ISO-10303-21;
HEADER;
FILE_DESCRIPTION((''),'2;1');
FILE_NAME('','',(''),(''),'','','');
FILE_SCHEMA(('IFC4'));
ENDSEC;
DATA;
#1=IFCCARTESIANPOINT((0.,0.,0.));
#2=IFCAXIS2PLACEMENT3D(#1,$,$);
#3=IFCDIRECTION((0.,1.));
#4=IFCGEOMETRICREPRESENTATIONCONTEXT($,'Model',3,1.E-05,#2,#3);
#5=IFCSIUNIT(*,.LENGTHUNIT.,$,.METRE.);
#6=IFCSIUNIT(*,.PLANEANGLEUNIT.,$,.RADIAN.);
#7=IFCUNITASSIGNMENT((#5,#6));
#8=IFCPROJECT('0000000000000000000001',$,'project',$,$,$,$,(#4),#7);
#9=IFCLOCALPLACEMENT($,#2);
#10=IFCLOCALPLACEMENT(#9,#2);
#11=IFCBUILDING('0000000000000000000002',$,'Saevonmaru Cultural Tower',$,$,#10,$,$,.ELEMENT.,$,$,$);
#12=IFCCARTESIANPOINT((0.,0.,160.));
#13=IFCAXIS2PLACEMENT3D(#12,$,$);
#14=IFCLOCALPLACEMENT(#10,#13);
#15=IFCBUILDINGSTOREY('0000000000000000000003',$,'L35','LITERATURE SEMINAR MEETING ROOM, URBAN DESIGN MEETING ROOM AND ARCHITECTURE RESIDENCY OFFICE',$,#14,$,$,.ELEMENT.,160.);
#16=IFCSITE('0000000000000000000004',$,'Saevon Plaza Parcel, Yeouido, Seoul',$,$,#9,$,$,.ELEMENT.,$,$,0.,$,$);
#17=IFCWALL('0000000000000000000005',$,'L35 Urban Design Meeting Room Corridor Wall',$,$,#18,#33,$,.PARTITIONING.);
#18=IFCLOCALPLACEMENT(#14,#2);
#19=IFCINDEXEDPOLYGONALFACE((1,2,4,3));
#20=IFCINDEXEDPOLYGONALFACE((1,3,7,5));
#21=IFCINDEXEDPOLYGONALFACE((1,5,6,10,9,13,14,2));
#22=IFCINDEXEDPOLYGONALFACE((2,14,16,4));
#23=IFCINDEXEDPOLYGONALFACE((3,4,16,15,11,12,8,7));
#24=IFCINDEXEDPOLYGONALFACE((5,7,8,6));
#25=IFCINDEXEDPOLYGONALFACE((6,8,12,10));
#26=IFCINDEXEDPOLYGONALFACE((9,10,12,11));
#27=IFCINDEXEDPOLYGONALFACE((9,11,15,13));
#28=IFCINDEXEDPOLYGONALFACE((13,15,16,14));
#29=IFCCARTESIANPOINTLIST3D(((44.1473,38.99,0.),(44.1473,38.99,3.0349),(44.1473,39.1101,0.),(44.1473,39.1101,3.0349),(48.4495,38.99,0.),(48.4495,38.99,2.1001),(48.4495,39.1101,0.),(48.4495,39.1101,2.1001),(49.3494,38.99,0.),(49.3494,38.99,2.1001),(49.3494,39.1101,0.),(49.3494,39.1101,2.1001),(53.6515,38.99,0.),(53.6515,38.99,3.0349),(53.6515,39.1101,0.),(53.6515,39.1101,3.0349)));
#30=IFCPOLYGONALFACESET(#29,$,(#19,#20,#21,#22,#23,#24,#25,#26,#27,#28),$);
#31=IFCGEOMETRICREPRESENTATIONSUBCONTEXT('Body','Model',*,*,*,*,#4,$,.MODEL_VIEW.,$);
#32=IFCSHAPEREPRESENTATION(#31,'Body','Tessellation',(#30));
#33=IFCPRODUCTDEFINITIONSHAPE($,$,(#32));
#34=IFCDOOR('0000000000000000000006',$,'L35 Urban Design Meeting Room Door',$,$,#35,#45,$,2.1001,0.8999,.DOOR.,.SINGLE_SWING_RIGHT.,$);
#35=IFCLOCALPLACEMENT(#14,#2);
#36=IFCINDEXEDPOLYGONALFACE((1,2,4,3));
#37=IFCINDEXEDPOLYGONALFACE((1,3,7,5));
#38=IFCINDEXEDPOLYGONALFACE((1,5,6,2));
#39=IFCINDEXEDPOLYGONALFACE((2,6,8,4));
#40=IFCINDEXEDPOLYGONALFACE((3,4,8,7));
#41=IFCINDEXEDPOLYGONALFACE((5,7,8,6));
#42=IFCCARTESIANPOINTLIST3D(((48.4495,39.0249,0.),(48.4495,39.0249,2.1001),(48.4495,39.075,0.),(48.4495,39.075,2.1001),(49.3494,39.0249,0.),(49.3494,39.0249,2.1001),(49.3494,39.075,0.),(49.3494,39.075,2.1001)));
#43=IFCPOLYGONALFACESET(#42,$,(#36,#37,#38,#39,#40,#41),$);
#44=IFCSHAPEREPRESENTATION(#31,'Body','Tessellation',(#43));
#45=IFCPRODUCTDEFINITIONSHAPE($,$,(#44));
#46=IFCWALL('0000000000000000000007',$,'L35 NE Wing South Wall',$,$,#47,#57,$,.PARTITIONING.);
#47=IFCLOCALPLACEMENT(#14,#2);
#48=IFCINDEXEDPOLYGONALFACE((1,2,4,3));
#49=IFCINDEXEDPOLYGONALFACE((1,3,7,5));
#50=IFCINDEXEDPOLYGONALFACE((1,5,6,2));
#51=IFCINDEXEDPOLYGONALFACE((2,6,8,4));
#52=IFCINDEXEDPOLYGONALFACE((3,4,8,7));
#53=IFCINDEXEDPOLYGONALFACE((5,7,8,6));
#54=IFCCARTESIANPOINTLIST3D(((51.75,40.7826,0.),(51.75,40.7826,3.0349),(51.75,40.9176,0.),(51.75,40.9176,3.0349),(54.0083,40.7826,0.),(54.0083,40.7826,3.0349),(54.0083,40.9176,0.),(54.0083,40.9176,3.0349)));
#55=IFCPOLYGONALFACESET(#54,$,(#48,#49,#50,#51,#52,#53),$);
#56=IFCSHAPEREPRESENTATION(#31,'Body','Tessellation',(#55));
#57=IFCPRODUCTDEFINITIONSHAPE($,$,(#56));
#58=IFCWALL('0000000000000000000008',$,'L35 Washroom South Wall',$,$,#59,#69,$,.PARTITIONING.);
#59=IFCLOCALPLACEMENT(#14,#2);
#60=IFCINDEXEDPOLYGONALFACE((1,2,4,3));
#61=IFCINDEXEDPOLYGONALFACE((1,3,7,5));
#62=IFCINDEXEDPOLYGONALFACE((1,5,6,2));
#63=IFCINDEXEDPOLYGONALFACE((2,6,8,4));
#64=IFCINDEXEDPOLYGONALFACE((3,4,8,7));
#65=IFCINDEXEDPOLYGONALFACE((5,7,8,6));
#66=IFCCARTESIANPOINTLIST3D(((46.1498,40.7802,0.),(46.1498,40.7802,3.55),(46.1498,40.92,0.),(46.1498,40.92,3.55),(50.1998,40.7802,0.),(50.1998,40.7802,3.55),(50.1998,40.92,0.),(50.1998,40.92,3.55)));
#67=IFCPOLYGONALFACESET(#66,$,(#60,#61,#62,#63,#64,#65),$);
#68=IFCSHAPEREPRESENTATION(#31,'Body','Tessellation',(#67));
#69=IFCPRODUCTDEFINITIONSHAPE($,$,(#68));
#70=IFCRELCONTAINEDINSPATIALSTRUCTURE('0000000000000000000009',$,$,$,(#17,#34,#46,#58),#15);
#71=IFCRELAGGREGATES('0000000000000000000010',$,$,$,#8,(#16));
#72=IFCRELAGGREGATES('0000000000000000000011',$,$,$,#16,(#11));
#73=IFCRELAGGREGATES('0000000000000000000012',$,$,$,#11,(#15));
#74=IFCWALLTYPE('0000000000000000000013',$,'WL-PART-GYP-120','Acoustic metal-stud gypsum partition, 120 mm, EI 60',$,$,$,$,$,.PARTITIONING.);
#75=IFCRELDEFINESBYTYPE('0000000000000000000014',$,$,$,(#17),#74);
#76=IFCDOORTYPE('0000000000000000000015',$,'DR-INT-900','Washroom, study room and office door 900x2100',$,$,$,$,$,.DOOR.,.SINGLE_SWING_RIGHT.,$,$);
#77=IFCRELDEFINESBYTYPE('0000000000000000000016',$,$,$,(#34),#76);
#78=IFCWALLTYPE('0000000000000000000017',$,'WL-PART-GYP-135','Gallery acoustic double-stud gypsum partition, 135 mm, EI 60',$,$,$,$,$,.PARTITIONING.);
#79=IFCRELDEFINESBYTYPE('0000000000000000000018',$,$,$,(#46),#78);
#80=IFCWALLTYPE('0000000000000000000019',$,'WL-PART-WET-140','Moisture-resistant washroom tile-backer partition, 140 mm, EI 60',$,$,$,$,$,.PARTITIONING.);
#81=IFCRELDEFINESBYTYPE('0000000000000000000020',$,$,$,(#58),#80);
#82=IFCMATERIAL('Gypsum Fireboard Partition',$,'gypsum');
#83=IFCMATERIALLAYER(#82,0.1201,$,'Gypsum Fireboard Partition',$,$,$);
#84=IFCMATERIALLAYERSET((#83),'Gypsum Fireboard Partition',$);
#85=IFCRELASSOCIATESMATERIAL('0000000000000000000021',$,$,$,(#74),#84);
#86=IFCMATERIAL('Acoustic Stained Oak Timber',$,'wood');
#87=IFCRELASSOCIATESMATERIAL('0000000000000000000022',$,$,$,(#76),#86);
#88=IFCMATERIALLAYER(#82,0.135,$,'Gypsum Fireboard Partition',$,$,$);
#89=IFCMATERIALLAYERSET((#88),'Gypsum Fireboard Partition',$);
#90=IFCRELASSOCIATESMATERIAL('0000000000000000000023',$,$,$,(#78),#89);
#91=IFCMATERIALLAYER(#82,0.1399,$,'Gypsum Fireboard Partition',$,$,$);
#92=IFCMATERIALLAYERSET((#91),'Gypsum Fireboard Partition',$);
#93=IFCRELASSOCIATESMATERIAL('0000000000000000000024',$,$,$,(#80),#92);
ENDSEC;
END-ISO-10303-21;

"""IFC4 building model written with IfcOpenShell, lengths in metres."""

from ifc_helpers import new_model, si_unit, direction, frame, frame_2d, origin, place, context, subcontext, project, spatial, rectangle, extrude, material, layer, layer_set, type_object, element, fill, save


model = new_model("IFC4")

# Units and contexts
model_context = context("Model", 3, precision=1e-05, world=origin(), true_north=direction((0.0, 1.0)))
body_context = subcontext(model_context, "Body", "Model", "MODEL_VIEW")
ifc_project = project(units=[si_unit("LENGTHUNIT", "METRE"), si_unit("PLANEANGLEUNIT", "RADIAN")], contexts=[model_context])

# Site, building, storey
site_placement = place(None, origin())
site = spatial("IfcSite", under=ifc_project, at=site_placement, Name="Saevon Plaza Parcel, Yeouido, Seoul", CompositionType="ELEMENT", RefElevation=0.0)
building_placement = place(site_placement, origin())
building = spatial("IfcBuilding", under=site, at=building_placement, Name="Saevonmaru Cultural Tower", CompositionType="ELEMENT")
storey_placement = place(building_placement, frame((0.0, 0.0, 160.0)))
storey = spatial("IfcBuildingStorey", under=building, at=storey_placement, Name="L35", Description="LITERATURE SEMINAR MEETING ROOM, URBAN DESIGN MEETING ROOM AND ARCHITECTURE RESIDENCY OFFICE", CompositionType="ELEMENT", Elevation=160.0)

# Shared definitions
ifc_material_1 = material(Name="Gypsum Fireboard Partition", Category="gypsum")

# Wall, opening, door
ifc_layer_1 = layer(ifc_material_1, 0.1201, Name="Gypsum Fireboard Partition")
ifc_layer_set_1 = layer_set([ifc_layer_1], Name="Gypsum Fireboard Partition")
wall_type_1 = type_object("IfcWallType", Name="WL-PART-GYP-120", Description="Acoustic metal-stud gypsum partition, 120 mm, EI 60", PredefinedType="PARTITIONING", material=ifc_layer_set_1)
ifc_material_2 = material(Name="Acoustic Stained Oak Timber", Category="wood")
door_type = type_object("IfcDoorType", Name="DR-INT-900", Description="Washroom, study room and office door 900x2100", OperationType="SINGLE_SWING_RIGHT", PredefinedType="DOOR", material=ifc_material_2)
wall_1_placement = place(storey_placement, frame((44.1475, 39.05, 0.0), z_axis=(0.0, 0.0, 1.0), x_axis=(1.0, 0.0, 0.0)))
wall_1 = element("IfcWall", 1, at=wall_1_placement, inside=storey, type_object=wall_type_1, Name="L35 Urban Design Meeting Room Corridor Wall", PredefinedType="PARTITIONING", context=body_context, shape_type="SweptSolid", body=[
    extrude(rectangle(XDim=9.5042, YDim=0.1201, at=frame_2d((4.752, 0.0))), origin(), (0.0, 0.0, 1.0), 3.0349),
])
opening_1_placement = place(wall_1_placement, frame((4.302, 0.0, 0.0)))
opening_1 = element("IfcOpeningElement", 2, at=opening_1_placement, cuts=wall_1, PredefinedType="OPENING", context=body_context, shape_type="SweptSolid", body=[
    extrude(rectangle(XDim=0.8999, YDim=2.1001, at=frame_2d((0.45, 1.05))), frame((0.0, 0.0701, 0.0), z_axis=(0.0, -1.0, 0.0), x_axis=(1.0, 0.0, 0.0)), (0.0, 0.0, 1.0), 0.1401),
])
door_1_placement = place(opening_1_placement, origin())
door_1 = element("IfcDoor", 3, at=door_1_placement, inside=storey, type_object=door_type, Name="L35 Urban Design Meeting Room Door", OperationType="SINGLE_SWING_RIGHT", OverallHeight=2.1001, OverallWidth=0.8999, PredefinedType="DOOR", context=body_context, shape_type="SweptSolid", body=[
    extrude(rectangle(XDim=0.8999, YDim=2.1001, at=frame_2d((0.45, 1.05))), frame((0.0, 0.0249, 0.0), z_axis=(0.0, -1.0, 0.0), x_axis=(1.0, 0.0, 0.0)), (0.0, 0.0, 1.0), 0.05),
])
fill(opening_1, door_1)

# Walls
ifc_layer_2 = layer(ifc_material_1, 0.135, Name="Gypsum Fireboard Partition")
ifc_layer_set_2 = layer_set([ifc_layer_2], Name="Gypsum Fireboard Partition")
wall_type_2 = type_object("IfcWallType", Name="WL-PART-GYP-135", Description="Gallery acoustic double-stud gypsum partition, 135 mm, EI 60", PredefinedType="PARTITIONING", material=ifc_layer_set_2)
wall_2_placement = place(storey_placement, frame((51.75, 40.8501, 0.0), z_axis=(0.0, 0.0, 1.0), x_axis=(1.0, 0.0, 0.0)))
element("IfcWall", 4, at=wall_2_placement, inside=storey, type_object=wall_type_2, Name="L35 NE Wing South Wall", PredefinedType="PARTITIONING", context=body_context, shape_type="SweptSolid", body=[
    extrude(rectangle(XDim=2.2583, YDim=0.135, at=frame_2d((1.1292, 0.0))), origin(), (0.0, 0.0, 1.0), 3.0349),
])
ifc_layer_3 = layer(ifc_material_1, 0.1399, Name="Gypsum Fireboard Partition")
ifc_layer_set_3 = layer_set([ifc_layer_3], Name="Gypsum Fireboard Partition")
wall_type_3 = type_object("IfcWallType", Name="WL-PART-WET-140", Description="Moisture-resistant washroom tile-backer partition, 140 mm, EI 60", PredefinedType="PARTITIONING", material=ifc_layer_set_3)
wall_3_placement = place(storey_placement, frame((46.1499, 40.8501, 0.0), z_axis=(0.0, 0.0, 1.0), x_axis=(1.0, 0.0, 0.0)))
element("IfcWall", 5, at=wall_3_placement, inside=storey, type_object=wall_type_3, Name="L35 Washroom South Wall", PredefinedType="PARTITIONING", context=body_context, shape_type="SweptSolid", body=[
    extrude(rectangle(XDim=4.05, YDim=0.1399, at=frame_2d((2.0249, 0.0))), origin(), (0.0, 0.0, 1.0), 3.55),
])

save(model, "model.ifc")
